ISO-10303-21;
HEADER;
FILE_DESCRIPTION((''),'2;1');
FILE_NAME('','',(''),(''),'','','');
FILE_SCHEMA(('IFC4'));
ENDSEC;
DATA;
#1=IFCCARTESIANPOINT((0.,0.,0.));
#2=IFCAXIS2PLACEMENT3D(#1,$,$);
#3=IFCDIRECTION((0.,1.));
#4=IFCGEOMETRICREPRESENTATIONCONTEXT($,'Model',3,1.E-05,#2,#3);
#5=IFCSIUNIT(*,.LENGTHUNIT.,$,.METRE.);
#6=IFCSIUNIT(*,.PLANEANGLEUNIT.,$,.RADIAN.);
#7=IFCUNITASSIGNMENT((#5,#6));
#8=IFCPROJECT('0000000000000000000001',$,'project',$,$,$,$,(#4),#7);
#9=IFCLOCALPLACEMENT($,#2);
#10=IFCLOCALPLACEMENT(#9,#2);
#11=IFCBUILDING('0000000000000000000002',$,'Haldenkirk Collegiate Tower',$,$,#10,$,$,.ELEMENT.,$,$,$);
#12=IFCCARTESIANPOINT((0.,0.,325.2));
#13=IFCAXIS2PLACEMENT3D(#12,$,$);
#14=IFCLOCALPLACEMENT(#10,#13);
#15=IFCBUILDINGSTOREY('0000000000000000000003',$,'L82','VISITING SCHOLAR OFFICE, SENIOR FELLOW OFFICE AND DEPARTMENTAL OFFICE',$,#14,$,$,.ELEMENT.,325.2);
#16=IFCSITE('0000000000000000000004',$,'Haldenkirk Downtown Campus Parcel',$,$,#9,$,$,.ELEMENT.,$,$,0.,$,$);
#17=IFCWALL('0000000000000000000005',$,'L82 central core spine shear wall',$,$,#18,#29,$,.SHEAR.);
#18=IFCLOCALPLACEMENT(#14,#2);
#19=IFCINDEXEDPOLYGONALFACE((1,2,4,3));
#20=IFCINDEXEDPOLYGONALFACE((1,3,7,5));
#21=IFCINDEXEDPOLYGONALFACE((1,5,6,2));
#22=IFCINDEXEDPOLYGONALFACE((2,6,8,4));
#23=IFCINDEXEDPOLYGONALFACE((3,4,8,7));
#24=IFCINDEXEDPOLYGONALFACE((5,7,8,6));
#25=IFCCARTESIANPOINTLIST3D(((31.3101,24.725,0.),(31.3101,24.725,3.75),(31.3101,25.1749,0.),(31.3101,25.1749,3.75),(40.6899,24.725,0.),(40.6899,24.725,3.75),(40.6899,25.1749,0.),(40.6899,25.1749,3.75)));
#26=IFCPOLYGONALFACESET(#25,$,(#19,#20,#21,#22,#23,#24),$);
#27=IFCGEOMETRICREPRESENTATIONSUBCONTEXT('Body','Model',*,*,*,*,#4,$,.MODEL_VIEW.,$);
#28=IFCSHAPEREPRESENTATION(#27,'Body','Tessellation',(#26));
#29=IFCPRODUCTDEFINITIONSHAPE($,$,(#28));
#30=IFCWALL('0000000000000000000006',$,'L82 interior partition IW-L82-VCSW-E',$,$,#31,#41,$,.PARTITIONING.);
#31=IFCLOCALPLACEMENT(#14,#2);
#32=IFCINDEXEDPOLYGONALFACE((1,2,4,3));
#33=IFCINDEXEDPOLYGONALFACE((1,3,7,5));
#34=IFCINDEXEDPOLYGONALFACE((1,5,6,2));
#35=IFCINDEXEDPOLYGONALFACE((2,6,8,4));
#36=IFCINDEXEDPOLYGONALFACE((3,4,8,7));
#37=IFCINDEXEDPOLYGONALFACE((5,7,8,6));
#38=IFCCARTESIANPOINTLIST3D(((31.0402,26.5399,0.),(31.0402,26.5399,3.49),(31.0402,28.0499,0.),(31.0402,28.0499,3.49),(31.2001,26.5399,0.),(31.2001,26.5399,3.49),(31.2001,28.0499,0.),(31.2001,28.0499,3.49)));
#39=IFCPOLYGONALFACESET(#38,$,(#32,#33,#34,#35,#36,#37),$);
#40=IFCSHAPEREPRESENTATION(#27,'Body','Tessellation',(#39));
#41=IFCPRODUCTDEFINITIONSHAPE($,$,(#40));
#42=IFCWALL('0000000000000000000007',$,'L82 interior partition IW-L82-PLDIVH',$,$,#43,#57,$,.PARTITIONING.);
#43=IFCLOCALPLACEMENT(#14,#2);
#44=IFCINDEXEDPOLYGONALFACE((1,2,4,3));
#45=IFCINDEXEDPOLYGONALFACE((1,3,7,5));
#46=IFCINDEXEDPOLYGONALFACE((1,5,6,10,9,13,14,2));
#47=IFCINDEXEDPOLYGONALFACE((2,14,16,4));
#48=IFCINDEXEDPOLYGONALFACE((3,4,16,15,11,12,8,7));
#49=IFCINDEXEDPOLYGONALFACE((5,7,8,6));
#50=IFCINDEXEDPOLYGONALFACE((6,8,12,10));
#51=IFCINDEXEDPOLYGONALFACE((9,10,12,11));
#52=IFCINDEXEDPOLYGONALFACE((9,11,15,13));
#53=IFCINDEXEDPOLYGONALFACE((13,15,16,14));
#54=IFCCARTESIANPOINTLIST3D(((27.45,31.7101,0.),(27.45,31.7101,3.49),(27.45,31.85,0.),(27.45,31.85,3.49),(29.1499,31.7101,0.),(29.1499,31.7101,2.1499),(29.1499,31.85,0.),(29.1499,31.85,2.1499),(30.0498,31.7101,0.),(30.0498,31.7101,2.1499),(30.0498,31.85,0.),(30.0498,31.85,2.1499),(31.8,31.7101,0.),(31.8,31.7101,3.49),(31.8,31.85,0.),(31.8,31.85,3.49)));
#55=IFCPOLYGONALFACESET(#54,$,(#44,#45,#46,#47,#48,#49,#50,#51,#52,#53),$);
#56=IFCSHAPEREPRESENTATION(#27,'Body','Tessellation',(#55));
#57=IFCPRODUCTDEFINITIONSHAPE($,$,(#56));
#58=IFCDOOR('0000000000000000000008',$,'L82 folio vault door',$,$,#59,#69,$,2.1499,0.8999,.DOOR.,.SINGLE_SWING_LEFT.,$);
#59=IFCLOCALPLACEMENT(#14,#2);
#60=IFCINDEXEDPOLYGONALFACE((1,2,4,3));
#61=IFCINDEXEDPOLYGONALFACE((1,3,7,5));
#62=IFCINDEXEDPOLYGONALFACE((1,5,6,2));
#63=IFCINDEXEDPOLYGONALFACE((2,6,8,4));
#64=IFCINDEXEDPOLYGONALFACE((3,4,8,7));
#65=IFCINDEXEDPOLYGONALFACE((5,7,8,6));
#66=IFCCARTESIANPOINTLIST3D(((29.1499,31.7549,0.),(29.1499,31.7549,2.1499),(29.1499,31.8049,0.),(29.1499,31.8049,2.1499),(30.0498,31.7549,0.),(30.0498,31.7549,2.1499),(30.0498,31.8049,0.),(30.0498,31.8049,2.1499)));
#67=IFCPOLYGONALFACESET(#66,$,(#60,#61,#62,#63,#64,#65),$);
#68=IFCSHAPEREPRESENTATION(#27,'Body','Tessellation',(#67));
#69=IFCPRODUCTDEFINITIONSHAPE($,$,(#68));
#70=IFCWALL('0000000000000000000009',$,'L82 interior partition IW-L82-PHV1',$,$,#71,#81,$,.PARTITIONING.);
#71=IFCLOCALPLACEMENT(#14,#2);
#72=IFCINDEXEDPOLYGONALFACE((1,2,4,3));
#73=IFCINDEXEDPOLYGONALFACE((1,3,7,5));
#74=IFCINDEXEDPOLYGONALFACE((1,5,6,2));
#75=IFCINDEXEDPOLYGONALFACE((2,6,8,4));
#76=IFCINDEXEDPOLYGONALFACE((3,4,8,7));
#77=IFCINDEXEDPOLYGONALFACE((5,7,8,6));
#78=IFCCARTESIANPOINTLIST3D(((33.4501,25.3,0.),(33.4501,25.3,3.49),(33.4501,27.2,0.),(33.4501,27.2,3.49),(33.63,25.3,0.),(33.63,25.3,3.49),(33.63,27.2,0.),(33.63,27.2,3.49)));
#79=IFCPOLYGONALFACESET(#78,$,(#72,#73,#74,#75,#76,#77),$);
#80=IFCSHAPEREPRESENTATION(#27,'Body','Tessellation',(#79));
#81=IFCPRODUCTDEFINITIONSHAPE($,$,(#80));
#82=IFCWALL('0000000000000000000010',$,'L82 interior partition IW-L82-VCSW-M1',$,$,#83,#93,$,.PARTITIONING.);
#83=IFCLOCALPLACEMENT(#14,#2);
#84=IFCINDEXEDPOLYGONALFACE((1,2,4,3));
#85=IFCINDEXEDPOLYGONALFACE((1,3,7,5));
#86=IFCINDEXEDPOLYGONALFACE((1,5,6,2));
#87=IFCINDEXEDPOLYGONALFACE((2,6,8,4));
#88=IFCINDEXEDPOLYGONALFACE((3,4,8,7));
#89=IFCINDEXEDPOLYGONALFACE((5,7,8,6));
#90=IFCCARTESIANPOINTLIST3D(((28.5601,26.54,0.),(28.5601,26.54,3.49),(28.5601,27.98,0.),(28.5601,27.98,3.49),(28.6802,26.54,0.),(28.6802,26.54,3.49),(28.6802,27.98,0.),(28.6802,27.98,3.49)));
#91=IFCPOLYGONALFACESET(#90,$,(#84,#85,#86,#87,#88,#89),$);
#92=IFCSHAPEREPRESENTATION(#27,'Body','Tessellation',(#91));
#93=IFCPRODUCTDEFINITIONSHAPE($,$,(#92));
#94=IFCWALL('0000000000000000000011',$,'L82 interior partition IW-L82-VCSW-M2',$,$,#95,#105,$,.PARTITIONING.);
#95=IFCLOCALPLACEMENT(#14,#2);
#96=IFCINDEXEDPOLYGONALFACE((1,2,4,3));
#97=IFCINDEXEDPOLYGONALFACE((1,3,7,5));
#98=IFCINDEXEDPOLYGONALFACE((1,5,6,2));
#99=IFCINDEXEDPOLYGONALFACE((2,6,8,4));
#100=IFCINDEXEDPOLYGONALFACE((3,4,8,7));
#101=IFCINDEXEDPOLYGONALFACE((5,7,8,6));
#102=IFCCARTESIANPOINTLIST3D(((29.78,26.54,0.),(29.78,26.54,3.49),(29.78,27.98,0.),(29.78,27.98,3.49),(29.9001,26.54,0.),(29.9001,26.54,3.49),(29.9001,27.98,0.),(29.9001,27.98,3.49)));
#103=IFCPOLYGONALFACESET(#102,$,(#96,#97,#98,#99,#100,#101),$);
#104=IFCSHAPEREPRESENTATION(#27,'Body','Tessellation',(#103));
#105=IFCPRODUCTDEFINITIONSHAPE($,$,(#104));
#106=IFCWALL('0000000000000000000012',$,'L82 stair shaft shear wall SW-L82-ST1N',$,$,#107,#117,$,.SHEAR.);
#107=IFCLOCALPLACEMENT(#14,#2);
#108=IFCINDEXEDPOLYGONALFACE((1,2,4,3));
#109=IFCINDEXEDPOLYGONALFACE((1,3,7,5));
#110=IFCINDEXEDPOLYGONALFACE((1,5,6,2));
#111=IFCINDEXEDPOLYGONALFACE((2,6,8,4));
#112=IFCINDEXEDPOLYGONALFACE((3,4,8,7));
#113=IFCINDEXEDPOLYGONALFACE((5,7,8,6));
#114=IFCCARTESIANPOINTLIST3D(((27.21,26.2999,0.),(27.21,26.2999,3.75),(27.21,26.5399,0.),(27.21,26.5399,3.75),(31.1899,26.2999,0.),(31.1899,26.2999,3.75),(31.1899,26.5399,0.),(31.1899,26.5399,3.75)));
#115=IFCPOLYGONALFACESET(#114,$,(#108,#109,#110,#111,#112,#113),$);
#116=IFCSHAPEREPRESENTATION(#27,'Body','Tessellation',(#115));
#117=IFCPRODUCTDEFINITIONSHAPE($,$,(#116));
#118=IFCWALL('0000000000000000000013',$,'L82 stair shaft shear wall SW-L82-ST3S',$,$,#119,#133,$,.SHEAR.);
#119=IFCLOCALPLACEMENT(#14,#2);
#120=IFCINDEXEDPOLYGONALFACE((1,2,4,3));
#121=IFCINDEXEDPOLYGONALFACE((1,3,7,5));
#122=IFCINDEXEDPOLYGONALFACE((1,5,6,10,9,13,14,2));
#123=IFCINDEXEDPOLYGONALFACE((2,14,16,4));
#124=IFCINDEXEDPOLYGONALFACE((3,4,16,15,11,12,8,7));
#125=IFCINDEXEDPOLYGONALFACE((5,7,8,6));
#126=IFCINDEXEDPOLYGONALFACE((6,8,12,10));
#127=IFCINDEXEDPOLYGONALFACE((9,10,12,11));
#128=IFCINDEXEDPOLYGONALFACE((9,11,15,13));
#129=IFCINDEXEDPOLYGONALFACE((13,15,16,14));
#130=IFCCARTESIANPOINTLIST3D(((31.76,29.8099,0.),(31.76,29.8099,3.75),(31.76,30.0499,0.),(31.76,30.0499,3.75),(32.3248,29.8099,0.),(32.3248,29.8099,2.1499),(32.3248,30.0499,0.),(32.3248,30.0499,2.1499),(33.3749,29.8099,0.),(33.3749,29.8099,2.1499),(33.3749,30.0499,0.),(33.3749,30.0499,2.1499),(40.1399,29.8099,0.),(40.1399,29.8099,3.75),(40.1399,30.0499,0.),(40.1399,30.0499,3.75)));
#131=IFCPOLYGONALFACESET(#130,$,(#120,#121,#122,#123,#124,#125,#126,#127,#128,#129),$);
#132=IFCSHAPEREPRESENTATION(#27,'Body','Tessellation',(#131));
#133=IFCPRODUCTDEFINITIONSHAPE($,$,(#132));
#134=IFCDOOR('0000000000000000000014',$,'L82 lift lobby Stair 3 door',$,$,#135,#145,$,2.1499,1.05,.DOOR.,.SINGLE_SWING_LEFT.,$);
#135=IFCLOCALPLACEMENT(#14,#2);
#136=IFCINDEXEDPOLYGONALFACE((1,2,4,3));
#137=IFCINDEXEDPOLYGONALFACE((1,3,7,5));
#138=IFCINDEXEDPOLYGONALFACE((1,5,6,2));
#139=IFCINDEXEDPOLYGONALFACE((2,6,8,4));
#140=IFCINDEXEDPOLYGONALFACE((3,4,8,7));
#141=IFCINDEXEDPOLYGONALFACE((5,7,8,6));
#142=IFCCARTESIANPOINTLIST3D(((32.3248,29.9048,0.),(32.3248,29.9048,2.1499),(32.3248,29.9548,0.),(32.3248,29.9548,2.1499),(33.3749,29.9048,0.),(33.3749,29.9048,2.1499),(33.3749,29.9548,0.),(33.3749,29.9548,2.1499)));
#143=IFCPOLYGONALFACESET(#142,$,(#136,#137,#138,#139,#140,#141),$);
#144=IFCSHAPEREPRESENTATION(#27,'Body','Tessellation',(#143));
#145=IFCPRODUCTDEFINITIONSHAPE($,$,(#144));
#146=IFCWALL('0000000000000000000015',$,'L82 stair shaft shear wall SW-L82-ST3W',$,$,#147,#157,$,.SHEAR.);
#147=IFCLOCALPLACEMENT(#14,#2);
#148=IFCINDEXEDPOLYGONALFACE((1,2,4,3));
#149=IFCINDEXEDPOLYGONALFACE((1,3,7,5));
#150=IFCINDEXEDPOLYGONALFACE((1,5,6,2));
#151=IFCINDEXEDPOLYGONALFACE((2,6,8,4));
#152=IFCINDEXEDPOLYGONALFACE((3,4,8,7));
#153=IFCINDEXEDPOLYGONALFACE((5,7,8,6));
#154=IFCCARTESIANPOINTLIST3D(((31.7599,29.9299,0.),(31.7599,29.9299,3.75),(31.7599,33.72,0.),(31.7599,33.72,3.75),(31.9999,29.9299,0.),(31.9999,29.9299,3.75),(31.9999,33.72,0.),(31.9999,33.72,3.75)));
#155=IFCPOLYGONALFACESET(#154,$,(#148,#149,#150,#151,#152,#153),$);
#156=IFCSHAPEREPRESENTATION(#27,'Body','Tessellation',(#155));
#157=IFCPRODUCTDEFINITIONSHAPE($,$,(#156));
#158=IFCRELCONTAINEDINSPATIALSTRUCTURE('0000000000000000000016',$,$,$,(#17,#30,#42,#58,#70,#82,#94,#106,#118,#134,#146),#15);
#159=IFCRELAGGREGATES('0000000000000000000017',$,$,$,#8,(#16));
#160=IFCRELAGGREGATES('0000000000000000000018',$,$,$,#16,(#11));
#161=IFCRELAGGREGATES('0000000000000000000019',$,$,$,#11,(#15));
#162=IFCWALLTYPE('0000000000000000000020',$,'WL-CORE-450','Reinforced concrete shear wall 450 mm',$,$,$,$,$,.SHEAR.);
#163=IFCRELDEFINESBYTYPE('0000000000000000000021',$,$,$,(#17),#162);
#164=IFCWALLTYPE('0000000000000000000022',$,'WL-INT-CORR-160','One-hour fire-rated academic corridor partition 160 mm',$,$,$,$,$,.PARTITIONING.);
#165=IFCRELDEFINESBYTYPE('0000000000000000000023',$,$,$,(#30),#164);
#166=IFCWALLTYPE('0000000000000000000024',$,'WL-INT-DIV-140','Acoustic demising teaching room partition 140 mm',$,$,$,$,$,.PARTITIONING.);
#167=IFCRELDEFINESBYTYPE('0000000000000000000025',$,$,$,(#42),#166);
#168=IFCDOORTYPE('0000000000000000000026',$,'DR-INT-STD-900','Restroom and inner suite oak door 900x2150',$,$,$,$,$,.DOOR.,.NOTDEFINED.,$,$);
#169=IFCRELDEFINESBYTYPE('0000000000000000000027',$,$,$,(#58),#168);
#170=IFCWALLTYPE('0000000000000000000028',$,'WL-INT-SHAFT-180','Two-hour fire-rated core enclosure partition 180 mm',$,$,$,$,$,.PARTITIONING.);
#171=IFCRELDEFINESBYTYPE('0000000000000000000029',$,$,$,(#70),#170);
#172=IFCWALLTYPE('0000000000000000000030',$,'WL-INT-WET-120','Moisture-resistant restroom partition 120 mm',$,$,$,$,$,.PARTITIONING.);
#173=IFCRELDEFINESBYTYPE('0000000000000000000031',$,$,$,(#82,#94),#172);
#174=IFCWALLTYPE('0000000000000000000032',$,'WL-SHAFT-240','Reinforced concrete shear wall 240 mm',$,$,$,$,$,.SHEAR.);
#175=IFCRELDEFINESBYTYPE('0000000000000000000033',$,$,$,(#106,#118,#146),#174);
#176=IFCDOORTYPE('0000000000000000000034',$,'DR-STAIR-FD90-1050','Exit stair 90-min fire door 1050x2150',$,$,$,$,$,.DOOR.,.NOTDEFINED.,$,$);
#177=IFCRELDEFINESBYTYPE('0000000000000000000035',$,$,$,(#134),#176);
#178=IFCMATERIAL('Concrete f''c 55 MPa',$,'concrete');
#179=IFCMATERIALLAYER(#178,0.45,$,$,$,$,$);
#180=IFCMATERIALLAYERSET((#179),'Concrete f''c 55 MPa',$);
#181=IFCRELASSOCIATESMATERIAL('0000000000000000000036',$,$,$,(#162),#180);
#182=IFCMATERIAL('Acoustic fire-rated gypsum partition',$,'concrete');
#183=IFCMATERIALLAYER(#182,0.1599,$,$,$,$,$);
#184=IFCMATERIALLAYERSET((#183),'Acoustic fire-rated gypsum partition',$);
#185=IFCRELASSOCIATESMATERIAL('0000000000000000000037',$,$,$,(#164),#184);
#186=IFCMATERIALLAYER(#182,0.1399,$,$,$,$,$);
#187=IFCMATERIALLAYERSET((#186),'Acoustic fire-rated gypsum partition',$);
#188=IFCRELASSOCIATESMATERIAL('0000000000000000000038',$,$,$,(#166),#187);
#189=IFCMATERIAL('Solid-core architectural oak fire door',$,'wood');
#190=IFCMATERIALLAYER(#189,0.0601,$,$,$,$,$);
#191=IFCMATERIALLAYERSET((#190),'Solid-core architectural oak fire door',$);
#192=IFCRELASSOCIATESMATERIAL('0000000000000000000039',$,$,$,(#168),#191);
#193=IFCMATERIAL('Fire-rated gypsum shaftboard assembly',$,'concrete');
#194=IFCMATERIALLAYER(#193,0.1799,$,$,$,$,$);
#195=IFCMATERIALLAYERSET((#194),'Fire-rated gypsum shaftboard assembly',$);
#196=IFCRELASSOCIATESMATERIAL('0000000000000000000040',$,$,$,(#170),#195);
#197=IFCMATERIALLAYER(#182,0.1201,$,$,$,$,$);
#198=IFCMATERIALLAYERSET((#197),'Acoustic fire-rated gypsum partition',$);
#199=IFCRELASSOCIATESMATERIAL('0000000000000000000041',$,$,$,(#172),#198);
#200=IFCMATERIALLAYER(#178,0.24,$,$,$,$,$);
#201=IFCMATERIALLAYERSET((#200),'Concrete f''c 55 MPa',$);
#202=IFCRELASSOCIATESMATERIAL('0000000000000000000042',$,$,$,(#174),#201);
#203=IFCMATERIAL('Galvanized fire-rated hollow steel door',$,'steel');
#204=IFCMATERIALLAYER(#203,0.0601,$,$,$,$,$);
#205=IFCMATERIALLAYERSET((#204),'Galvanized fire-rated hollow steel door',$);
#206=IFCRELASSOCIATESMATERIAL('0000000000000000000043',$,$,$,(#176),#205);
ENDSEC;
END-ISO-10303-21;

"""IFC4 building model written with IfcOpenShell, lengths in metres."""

from ifc_helpers import new_model, si_unit, direction, frame, frame_2d, origin, place, context, subcontext, project, spatial, rectangle, extrude, material, layer, layer_set, type_object, element, fill, save


model = new_model("IFC4")

# Units and contexts
model_context = context("Model", 3, precision=1e-05, world=origin(), true_north=direction((0.0, 1.0)))
body_context = subcontext(model_context, "Body", "Model", "MODEL_VIEW")
ifc_project = project(units=[si_unit("LENGTHUNIT", "METRE"), si_unit("PLANEANGLEUNIT", "RADIAN")], contexts=[model_context])

# Site, building, storey
site_placement = place(None, origin())
site = spatial("IfcSite", under=ifc_project, at=site_placement, Name="Haldenkirk Downtown Campus Parcel", CompositionType="ELEMENT", RefElevation=0.0)
building_placement = place(site_placement, origin())
building = spatial("IfcBuilding", under=site, at=building_placement, Name="Haldenkirk Collegiate Tower", CompositionType="ELEMENT")
storey_placement = place(building_placement, frame((0.0, 0.0, 325.2)))
storey = spatial("IfcBuildingStorey", under=building, at=storey_placement, Name="L82", Description="VISITING SCHOLAR OFFICE, SENIOR FELLOW OFFICE AND DEPARTMENTAL OFFICE", CompositionType="ELEMENT", Elevation=325.2)

# Walls
ifc_material_1 = material(Name="Concrete f'c 55 MPa", Category="concrete")
ifc_layer_1 = layer(ifc_material_1, 0.45)
ifc_layer_set_1 = layer_set([ifc_layer_1], Name="Concrete f'c 55 MPa")
wall_type_1 = type_object("IfcWallType", Name="WL-CORE-450", Description="Reinforced concrete shear wall 450 mm", PredefinedType="SHEAR", material=ifc_layer_set_1)
wall_1_placement = place(storey_placement, frame((31.3101, 24.95, 0.0), z_axis=(0.0, 0.0, 1.0), x_axis=(1.0, 0.0, 0.0)))
element("IfcWall", 1, at=wall_1_placement, inside=storey, type_object=wall_type_1, Name="L82 central core spine shear wall", PredefinedType="SHEAR", context=body_context, shape_type="SweptSolid", body=[
    extrude(rectangle(XDim=9.3799, YDim=0.45, at=frame_2d((4.6899, 0.0))), origin(), (0.0, 0.0, 1.0), 3.75),
])
ifc_material_2 = material(Name="Acoustic fire-rated gypsum partition", Category="concrete")
ifc_layer_2 = layer(ifc_material_2, 0.1599)
ifc_layer_set_2 = layer_set([ifc_layer_2], Name="Acoustic fire-rated gypsum partition")
wall_type_2 = type_object("IfcWallType", Name="WL-INT-CORR-160", Description="One-hour fire-rated academic corridor partition 160 mm", PredefinedType="PARTITIONING", material=ifc_layer_set_2)
wall_2_placement = place(storey_placement, frame((31.1201, 26.54, 0.0), z_axis=(0.0, 0.0, 1.0), x_axis=(0.0, 1.0, 0.0)))
element("IfcWall", 2, at=wall_2_placement, inside=storey, type_object=wall_type_2, Name="L82 interior partition IW-L82-VCSW-E", PredefinedType="PARTITIONING", context=body_context, shape_type="SweptSolid", body=[
    extrude(rectangle(XDim=1.51, YDim=0.1599, at=frame_2d((0.7549, 0.0))), origin(), (0.0, 0.0, 1.0), 3.49),
])

# Wall, opening, door
ifc_material_3 = material(Name="Solid-core architectural oak fire door", Category="wood")
ifc_layer_3 = layer(ifc_material_2, 0.1399)
ifc_layer_set_3 = layer_set([ifc_layer_3], Name="Acoustic fire-rated gypsum partition")
wall_type_3 = type_object("IfcWallType", Name="WL-INT-DIV-140", Description="Acoustic demising teaching room partition 140 mm", PredefinedType="PARTITIONING", material=ifc_layer_set_3)
wall_3_placement = place(storey_placement, frame((27.45, 31.78, 0.0), z_axis=(0.0, 0.0, 1.0), x_axis=(1.0, 0.0, 0.0)))
wall_3 = element("IfcWall", 3, at=wall_3_placement, inside=storey, type_object=wall_type_3, Name="L82 interior partition IW-L82-PLDIVH", PredefinedType="PARTITIONING", context=body_context, shape_type="SweptSolid", body=[
    extrude(rectangle(XDim=4.3501, YDim=0.1399, at=frame_2d((2.175, 0.0))), origin(), (0.0, 0.0, 1.0), 3.49),
])
opening_1_placement = place(wall_3_placement, frame((1.7, 0.0, 0.0)))
opening_1 = element("IfcOpeningElement", 4, at=opening_1_placement, cuts=wall_3, PredefinedType="OPENING", context=body_context, shape_type="SweptSolid", body=[
    extrude(rectangle(XDim=0.8999, YDim=2.1499, at=frame_2d((0.45, 1.075))), frame((0.0, 0.0798, 0.0), z_axis=(0.0, -1.0, 0.0), x_axis=(1.0, 0.0, 0.0)), (0.0, 0.0, 1.0), 0.1599),
])
ifc_layer_4 = layer(ifc_material_3, 0.0601)
ifc_layer_set_4 = layer_set([ifc_layer_4], Name="Solid-core architectural oak fire door")
door_type_1 = type_object("IfcDoorType", Name="DR-INT-STD-900", Description="Restroom and inner suite oak door 900x2150", OperationType="NOTDEFINED", PredefinedType="DOOR", material=ifc_layer_set_4)
door_1_placement = place(opening_1_placement, origin())
door_1 = element("IfcDoor", 5, at=door_1_placement, inside=storey, type_object=door_type_1, Name="L82 folio vault door", OperationType="SINGLE_SWING_LEFT", OverallHeight=2.1499, OverallWidth=0.8999, PredefinedType="DOOR", context=body_context, shape_type="SweptSolid", body=[
    extrude(rectangle(XDim=0.8999, YDim=2.1499, at=frame_2d((0.45, 1.075))), frame((0.0, 0.0249, 0.0), z_axis=(0.0, -1.0, 0.0), x_axis=(1.0, 0.0, 0.0)), (0.0, 0.0, 1.0), 0.05),
])
fill(opening_1, door_1)

# Shared definitions
ifc_material_4 = material(Name="Fire-rated gypsum shaftboard assembly", Category="concrete")
ifc_layer_5 = layer(ifc_material_4, 0.1799)
ifc_layer_set_5 = layer_set([ifc_layer_5], Name="Fire-rated gypsum shaftboard assembly")
wall_type_4 = type_object("IfcWallType", Name="WL-INT-SHAFT-180", Description="Two-hour fire-rated core enclosure partition 180 mm", PredefinedType="PARTITIONING", material=ifc_layer_set_5)

# Wall
wall_4_placement = place(storey_placement, frame((33.54, 25.3, 0.0), z_axis=(0.0, 0.0, 1.0), x_axis=(0.0, 1.0, 0.0)))
element("IfcWall", 6, at=wall_4_placement, inside=storey, type_object=wall_type_4, Name="L82 interior partition IW-L82-PHV1", PredefinedType="PARTITIONING", context=body_context, shape_type="SweptSolid", body=[
    extrude(rectangle(XDim=1.8999, YDim=0.1799, at=frame_2d((0.95, 0.0))), origin(), (0.0, 0.0, 1.0), 3.49),
])

# Shared definitions
ifc_material_5 = material(Name="Galvanized fire-rated hollow steel door", Category="steel")

# Walls
ifc_layer_6 = layer(ifc_material_2, 0.1201)
ifc_layer_set_6 = layer_set([ifc_layer_6], Name="Acoustic fire-rated gypsum partition")
wall_type_5 = type_object("IfcWallType", Name="WL-INT-WET-120", Description="Moisture-resistant restroom partition 120 mm", PredefinedType="PARTITIONING", material=ifc_layer_set_6)
for number, where, z_axis, x_axis, name in (
    (7, (28.6201, 26.54, 0.0), (0.0, 0.0, 1.0), (0.0, 1.0, 0.0), "L82 interior partition IW-L82-VCSW-M1"),
    (8, (29.8401, 26.54, 0.0), (0.0, 0.0, 1.0), (0.0, 1.0, 0.0), "L82 interior partition IW-L82-VCSW-M2"),
):
    element("IfcWall", number, at=place(storey_placement, frame(where, z_axis=z_axis, x_axis=x_axis)), inside=storey, type_object=wall_type_5, Name=name, PredefinedType="PARTITIONING", context=body_context, shape_type="SweptSolid", body=[
        extrude(rectangle(XDim=1.4399, YDim=0.1201, at=frame_2d((0.72, 0.0))), origin(), (0.0, 0.0, 1.0), 3.49),
    ])
ifc_layer_7 = layer(ifc_material_1, 0.24)
ifc_layer_set_7 = layer_set([ifc_layer_7], Name="Concrete f'c 55 MPa")
wall_type_6 = type_object("IfcWallType", Name="WL-SHAFT-240", Description="Reinforced concrete shear wall 240 mm", PredefinedType="SHEAR", material=ifc_layer_set_7)
wall_5_placement = place(storey_placement, frame((27.21, 26.4199, 0.0), z_axis=(0.0, 0.0, 1.0), x_axis=(1.0, 0.0, 0.0)))
element("IfcWall", 9, at=wall_5_placement, inside=storey, type_object=wall_type_6, Name="L82 stair shaft shear wall SW-L82-ST1N", PredefinedType="SHEAR", context=body_context, shape_type="SweptSolid", body=[
    extrude(rectangle(XDim=3.98, YDim=0.24, at=frame_2d((1.99, 0.0))), origin(), (0.0, 0.0, 1.0), 3.75),
])

# Wall, opening, door
wall_6_placement = place(storey_placement, frame((31.76, 29.9299, 0.0), z_axis=(0.0, 0.0, 1.0), x_axis=(1.0, 0.0, 0.0)))
wall_6 = element("IfcWall", 10, at=wall_6_placement, inside=storey, type_object=wall_type_6, Name="L82 stair shaft shear wall SW-L82-ST3S", PredefinedType="SHEAR", context=body_context, shape_type="SweptSolid", body=[
    extrude(rectangle(XDim=8.3799, YDim=0.24, at=frame_2d((4.1899, 0.0))), origin(), (0.0, 0.0, 1.0), 3.75),
])
opening_2_placement = place(wall_6_placement, frame((0.5649, 0.0, 0.0)))
opening_2 = element("IfcOpeningElement", 11, at=opening_2_placement, cuts=wall_6, PredefinedType="OPENING", context=body_context, shape_type="SweptSolid", body=[
    extrude(rectangle(XDim=1.05, YDim=2.1499, at=frame_2d((0.5249, 1.075))), frame((0.0, 0.1299, 0.0), z_axis=(0.0, -1.0, 0.0), x_axis=(1.0, 0.0, 0.0)), (0.0, 0.0, 1.0), 0.26),
])
ifc_layer_8 = layer(ifc_material_5, 0.0601)
ifc_layer_set_8 = layer_set([ifc_layer_8], Name="Galvanized fire-rated hollow steel door")
door_type_2 = type_object("IfcDoorType", Name="DR-STAIR-FD90-1050", Description="Exit stair 90-min fire door 1050x2150", OperationType="NOTDEFINED", PredefinedType="DOOR", material=ifc_layer_set_8)
door_2_placement = place(opening_2_placement, origin())
door_2 = element("IfcDoor", 12, at=door_2_placement, inside=storey, type_object=door_type_2, Name="L82 lift lobby Stair 3 door", OperationType="SINGLE_SWING_LEFT", OverallHeight=2.1499, OverallWidth=1.05, PredefinedType="DOOR", context=body_context, shape_type="SweptSolid", body=[
    extrude(rectangle(XDim=1.05, YDim=2.1499, at=frame_2d((0.5249, 1.075))), frame((0.0, 0.0249, 0.0), z_axis=(0.0, -1.0, 0.0), x_axis=(1.0, 0.0, 0.0)), (0.0, 0.0, 1.0), 0.05),
])
fill(opening_2, door_2)

# Wall
wall_7_placement = place(storey_placement, frame((31.8799, 29.9299, 0.0), z_axis=(0.0, 0.0, 1.0), x_axis=(0.0, 1.0, 0.0)))
element("IfcWall", 13, at=wall_7_placement, inside=storey, type_object=wall_type_6, Name="L82 stair shaft shear wall SW-L82-ST3W", PredefinedType="SHEAR", context=body_context, shape_type="SweptSolid", body=[
    extrude(rectangle(XDim=3.79, YDim=0.24, at=frame_2d((1.895, 0.0))), origin(), (0.0, 0.0, 1.0), 3.75),
])

save(model, "model.ifc")
